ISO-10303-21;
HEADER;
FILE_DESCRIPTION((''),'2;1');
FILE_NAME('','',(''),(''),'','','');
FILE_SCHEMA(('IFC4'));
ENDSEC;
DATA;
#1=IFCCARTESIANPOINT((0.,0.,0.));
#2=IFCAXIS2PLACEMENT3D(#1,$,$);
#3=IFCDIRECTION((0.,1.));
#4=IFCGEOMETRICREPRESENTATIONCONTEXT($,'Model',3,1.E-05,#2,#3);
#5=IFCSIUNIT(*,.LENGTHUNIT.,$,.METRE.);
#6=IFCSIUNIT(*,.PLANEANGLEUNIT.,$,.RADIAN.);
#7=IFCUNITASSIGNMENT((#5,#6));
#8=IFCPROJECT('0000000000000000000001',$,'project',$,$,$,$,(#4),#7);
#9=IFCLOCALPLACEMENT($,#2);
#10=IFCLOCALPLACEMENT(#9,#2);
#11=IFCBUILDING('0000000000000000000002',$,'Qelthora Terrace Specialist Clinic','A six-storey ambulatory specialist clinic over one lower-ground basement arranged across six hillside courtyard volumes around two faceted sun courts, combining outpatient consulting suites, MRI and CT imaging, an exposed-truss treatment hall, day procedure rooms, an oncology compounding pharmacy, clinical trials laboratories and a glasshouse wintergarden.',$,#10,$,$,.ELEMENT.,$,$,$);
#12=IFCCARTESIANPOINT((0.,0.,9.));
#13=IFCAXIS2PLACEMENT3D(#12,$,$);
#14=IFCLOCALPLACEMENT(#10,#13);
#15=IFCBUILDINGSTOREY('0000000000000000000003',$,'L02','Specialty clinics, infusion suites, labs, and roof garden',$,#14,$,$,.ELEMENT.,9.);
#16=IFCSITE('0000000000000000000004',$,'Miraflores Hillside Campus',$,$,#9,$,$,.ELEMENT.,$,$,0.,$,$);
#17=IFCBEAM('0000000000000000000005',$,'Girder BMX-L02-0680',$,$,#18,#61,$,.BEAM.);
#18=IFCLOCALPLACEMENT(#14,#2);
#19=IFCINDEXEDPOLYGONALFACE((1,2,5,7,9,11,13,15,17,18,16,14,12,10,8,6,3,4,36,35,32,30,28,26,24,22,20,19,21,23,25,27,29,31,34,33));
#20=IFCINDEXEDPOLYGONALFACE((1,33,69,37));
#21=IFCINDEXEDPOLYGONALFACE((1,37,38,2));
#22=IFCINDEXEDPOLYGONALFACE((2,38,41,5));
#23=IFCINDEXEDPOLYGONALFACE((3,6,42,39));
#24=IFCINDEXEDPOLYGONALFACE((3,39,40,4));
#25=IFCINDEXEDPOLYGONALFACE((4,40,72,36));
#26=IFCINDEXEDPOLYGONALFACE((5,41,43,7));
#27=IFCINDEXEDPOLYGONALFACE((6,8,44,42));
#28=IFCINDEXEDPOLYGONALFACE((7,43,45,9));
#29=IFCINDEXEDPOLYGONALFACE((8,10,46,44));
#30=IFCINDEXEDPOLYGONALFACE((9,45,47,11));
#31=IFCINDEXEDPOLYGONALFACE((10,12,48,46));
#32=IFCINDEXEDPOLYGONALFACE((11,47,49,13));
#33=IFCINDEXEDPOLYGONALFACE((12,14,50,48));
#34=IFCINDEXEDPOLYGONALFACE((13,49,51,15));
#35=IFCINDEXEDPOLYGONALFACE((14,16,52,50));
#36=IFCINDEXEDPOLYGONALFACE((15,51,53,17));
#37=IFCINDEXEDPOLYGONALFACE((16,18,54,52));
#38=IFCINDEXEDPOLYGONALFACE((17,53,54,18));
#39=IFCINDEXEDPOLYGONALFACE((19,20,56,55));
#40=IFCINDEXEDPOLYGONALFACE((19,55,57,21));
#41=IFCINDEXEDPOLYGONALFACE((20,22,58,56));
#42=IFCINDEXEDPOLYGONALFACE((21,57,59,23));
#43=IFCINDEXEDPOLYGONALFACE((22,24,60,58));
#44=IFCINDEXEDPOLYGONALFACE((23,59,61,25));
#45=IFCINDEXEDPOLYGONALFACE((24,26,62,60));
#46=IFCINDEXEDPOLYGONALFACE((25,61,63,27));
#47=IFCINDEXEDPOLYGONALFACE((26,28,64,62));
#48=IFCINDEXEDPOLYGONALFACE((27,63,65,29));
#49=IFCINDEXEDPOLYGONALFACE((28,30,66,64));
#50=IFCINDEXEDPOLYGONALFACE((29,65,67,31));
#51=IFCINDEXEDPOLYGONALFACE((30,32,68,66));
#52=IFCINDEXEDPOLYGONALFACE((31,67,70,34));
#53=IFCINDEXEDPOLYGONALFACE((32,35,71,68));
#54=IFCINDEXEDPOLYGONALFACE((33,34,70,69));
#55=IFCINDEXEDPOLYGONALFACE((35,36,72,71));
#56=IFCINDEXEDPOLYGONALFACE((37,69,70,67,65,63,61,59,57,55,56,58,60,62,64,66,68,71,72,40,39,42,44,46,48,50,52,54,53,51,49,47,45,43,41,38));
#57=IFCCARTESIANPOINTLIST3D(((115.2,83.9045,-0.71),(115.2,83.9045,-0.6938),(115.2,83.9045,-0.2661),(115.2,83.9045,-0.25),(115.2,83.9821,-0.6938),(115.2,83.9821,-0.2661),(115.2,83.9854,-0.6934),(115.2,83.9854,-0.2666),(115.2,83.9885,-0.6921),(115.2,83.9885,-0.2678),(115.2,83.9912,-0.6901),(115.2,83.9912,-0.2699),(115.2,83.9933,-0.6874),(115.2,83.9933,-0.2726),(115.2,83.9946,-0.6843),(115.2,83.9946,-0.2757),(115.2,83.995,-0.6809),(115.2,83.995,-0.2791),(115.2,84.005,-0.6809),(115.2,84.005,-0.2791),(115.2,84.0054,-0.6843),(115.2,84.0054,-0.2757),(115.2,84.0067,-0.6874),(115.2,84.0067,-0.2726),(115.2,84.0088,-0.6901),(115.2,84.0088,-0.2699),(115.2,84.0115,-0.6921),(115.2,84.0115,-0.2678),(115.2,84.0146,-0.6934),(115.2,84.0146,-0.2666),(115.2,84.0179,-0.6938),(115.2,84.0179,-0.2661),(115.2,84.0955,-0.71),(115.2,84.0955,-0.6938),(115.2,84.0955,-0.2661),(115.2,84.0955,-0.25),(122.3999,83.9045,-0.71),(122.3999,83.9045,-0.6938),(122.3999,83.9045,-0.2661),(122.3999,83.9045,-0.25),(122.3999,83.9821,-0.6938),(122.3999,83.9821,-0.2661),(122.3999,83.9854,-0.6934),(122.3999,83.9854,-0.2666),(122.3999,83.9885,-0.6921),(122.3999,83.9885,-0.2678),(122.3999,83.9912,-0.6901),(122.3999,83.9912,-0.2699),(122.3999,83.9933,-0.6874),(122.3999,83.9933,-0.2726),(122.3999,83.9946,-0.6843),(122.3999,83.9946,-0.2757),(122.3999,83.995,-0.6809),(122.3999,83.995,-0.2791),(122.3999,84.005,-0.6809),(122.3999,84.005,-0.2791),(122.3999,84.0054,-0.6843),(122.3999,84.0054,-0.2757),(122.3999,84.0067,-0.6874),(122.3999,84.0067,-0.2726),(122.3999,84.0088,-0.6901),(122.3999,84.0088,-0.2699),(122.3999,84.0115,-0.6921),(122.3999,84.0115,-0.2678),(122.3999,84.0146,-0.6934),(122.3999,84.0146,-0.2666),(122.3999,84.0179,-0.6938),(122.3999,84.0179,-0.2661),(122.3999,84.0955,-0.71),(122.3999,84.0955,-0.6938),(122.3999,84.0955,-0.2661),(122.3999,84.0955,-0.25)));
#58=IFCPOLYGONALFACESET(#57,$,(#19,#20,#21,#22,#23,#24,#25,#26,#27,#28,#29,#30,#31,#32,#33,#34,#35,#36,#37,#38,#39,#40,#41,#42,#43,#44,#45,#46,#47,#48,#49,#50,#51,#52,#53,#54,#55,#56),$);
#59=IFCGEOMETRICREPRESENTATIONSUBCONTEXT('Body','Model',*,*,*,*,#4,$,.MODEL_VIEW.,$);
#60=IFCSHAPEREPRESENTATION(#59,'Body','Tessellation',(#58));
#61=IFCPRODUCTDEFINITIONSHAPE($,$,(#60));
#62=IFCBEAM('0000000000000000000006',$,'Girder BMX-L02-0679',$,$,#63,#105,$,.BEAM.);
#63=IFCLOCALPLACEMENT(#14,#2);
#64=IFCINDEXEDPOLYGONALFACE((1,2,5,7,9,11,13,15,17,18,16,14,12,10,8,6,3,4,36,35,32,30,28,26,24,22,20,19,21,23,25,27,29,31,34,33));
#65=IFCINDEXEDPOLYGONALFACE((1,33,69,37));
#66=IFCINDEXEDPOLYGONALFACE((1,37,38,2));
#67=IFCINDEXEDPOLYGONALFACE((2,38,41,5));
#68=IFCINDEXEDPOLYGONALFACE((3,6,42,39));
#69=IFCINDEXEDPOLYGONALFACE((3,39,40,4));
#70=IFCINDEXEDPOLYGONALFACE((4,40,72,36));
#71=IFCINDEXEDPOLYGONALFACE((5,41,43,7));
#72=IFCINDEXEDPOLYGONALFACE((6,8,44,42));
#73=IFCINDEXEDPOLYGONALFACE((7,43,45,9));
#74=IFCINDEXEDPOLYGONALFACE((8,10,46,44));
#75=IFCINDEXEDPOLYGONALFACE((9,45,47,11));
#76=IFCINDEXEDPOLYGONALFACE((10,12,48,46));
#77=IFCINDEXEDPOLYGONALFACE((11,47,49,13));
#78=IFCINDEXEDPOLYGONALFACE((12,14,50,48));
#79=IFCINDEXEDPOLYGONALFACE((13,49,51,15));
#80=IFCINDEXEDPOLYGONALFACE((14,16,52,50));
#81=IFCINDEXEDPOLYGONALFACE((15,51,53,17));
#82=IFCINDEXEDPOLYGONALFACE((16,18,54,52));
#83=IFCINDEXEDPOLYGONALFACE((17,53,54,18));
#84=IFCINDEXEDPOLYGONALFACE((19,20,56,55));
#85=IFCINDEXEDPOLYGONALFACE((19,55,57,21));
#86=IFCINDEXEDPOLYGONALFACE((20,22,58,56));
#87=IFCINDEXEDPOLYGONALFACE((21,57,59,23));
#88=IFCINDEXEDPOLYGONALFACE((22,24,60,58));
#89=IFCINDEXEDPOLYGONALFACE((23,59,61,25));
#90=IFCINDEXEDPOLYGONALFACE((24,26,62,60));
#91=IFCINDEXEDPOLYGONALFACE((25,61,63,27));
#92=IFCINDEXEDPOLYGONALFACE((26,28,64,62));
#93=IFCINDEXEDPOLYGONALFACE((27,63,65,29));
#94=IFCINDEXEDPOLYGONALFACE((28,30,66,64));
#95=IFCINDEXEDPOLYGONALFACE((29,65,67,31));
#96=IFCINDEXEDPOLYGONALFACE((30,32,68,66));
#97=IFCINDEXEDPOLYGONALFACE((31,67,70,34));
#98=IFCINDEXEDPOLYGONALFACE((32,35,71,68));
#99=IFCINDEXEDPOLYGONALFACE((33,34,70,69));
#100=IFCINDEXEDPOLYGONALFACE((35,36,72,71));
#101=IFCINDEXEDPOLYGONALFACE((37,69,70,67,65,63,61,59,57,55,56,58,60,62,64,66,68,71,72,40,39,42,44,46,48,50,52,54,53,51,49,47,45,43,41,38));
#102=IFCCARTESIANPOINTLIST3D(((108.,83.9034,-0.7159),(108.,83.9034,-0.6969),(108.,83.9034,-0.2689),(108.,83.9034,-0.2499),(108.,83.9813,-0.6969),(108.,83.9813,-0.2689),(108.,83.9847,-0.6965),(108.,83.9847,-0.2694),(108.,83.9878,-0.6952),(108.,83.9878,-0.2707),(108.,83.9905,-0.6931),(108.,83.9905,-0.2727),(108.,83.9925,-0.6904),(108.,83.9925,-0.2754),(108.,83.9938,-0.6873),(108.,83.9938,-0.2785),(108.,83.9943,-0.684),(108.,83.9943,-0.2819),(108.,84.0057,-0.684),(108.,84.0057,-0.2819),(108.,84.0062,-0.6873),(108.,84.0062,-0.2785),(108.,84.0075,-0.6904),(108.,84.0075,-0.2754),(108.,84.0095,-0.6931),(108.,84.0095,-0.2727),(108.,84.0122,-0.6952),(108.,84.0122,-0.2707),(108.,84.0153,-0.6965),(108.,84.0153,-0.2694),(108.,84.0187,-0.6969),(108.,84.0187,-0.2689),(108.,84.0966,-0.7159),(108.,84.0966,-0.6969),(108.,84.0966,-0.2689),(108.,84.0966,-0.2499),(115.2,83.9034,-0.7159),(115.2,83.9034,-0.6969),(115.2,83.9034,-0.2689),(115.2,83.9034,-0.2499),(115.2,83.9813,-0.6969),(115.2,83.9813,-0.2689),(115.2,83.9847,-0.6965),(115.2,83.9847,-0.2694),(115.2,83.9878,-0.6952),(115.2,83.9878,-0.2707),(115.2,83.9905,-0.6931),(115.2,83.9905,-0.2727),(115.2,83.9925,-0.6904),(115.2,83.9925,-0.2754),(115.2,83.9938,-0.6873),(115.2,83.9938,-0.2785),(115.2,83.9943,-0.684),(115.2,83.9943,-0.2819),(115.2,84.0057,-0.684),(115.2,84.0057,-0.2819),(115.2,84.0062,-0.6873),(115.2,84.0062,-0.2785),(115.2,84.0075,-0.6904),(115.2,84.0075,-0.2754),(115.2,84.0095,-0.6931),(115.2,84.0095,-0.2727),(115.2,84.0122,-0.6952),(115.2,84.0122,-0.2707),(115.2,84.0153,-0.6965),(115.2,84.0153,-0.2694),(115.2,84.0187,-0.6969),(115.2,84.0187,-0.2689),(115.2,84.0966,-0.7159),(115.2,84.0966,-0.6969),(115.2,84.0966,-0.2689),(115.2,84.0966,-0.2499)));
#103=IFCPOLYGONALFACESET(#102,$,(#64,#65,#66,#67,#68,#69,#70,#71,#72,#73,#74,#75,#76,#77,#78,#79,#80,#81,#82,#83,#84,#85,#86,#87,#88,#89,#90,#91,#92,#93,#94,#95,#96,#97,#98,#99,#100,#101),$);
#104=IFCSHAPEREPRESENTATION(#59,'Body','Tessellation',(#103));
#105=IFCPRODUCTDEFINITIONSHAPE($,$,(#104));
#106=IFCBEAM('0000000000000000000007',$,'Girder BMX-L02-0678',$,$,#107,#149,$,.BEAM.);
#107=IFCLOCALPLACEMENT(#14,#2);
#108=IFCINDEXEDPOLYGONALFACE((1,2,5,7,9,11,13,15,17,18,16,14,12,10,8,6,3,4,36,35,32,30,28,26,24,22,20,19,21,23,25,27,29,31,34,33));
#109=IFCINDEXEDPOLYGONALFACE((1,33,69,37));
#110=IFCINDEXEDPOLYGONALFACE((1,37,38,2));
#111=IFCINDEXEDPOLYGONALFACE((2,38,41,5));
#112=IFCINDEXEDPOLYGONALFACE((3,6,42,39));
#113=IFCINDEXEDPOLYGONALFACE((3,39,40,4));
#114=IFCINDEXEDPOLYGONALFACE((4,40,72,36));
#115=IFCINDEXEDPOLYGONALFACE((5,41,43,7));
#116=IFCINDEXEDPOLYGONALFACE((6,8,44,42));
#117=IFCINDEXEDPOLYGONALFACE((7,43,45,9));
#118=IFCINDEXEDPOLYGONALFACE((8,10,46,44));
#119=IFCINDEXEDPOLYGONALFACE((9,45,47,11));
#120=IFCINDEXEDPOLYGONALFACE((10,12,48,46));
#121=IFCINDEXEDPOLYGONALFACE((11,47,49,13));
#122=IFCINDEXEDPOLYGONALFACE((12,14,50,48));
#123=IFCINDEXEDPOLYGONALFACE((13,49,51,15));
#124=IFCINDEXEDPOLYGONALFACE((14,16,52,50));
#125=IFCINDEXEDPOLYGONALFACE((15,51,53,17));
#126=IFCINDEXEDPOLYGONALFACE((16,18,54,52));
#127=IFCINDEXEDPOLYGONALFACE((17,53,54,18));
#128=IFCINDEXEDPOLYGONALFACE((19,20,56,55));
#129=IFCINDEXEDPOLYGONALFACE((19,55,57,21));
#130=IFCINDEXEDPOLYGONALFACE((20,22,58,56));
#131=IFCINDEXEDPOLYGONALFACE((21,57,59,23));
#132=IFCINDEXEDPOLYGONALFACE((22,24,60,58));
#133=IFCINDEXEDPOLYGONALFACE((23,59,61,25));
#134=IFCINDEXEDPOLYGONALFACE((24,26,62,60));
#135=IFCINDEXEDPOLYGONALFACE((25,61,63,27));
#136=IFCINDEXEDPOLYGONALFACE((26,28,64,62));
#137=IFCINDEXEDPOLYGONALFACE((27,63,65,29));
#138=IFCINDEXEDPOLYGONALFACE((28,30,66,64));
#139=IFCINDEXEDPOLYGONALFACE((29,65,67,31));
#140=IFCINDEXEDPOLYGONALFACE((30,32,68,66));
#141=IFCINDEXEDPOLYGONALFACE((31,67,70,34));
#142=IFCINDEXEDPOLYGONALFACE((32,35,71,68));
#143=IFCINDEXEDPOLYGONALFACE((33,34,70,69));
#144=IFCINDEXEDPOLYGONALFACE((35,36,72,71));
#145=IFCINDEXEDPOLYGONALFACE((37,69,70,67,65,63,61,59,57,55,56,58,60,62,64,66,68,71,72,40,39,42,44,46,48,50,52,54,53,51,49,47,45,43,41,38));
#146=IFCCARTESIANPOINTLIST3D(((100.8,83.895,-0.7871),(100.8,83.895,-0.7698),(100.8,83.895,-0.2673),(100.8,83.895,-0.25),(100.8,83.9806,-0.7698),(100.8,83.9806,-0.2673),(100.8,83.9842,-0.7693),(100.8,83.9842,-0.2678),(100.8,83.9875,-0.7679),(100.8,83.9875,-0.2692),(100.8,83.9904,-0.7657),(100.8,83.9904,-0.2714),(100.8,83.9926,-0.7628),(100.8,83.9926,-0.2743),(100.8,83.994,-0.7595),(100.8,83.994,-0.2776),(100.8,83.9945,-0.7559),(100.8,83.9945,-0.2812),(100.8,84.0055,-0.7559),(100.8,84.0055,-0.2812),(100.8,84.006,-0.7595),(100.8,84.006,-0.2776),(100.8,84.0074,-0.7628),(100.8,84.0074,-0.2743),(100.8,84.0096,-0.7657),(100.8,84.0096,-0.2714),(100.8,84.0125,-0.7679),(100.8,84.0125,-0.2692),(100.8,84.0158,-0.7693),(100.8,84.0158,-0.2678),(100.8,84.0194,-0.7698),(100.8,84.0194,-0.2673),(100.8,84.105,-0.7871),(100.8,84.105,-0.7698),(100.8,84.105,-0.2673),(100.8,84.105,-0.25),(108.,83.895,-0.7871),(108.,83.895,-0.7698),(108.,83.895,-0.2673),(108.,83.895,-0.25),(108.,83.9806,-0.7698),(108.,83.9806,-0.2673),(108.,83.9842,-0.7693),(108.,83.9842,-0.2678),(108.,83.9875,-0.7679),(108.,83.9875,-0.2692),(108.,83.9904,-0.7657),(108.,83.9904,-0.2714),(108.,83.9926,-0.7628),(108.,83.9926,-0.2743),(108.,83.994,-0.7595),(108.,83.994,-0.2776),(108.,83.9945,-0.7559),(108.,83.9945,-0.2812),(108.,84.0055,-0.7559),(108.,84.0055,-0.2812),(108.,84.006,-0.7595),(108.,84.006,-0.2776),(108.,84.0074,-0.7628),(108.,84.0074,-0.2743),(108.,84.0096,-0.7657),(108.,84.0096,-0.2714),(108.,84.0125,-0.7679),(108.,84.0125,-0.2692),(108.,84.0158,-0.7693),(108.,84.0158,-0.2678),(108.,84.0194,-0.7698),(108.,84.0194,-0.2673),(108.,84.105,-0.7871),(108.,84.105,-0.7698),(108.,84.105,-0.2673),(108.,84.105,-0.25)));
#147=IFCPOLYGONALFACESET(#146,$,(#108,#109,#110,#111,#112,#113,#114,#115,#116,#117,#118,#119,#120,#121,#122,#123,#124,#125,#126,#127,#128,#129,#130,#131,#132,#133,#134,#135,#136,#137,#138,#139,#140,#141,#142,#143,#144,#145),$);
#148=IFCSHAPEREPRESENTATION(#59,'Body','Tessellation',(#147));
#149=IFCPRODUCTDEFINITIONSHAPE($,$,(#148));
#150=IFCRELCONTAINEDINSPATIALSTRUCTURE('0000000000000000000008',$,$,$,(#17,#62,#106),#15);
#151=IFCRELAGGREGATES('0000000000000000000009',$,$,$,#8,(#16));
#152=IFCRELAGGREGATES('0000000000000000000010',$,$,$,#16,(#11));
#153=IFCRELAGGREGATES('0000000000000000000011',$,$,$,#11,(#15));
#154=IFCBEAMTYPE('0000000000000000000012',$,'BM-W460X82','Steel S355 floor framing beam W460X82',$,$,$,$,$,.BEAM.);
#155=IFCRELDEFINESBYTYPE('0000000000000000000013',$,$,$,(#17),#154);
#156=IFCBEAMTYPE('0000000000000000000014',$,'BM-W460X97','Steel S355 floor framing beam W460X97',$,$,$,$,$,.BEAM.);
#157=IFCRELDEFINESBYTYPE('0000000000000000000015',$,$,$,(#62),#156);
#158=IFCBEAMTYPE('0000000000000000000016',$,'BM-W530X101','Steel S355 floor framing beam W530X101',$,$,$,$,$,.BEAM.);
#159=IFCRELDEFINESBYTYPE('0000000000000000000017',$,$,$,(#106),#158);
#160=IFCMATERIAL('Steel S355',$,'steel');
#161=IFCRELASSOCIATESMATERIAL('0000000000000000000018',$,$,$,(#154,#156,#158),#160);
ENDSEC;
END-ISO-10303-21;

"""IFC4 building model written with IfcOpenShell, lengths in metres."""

from ifc_helpers import new_model, si_unit, direction, frame, origin, origin_2d, place, context, subcontext, project, spatial, i_section, extrude, material, material_profile, profile_set, type_object, element, save


model = new_model("IFC4")

# Units and contexts
model_context = context("Model", 3, precision=1e-05, world=origin(), true_north=direction((0.0, 1.0)))
body_context = subcontext(model_context, "Body", "Model", "MODEL_VIEW")
ifc_project = project(units=[si_unit("LENGTHUNIT", "METRE"), si_unit("PLANEANGLEUNIT", "RADIAN")], contexts=[model_context])

# Site, building, storey
site_placement = place(None, origin())
site = spatial("IfcSite", under=ifc_project, at=site_placement, Name="Miraflores Hillside Campus", CompositionType="ELEMENT", RefElevation=0.0)
building_placement = place(site_placement, origin())
building = spatial("IfcBuilding", under=site, at=building_placement, Name="Qelthora Terrace Specialist Clinic", Description="A six-storey ambulatory specialist clinic over one lower-ground basement arranged across six hillside courtyard volumes around two faceted sun courts, combining outpatient consulting suites, MRI and CT imaging, an exposed-truss treatment hall, day procedure rooms, an oncology compounding pharmacy, clinical trials laboratories and a glasshouse wintergarden.", CompositionType="ELEMENT")
storey_placement = place(building_placement, frame((0.0, 0.0, 9.0)))
storey = spatial("IfcBuildingStorey", under=building, at=storey_placement, Name="L02", Description="Specialty clinics, infusion suites, labs, and roof garden", CompositionType="ELEMENT", Elevation=9.0)

# Shared definitions
ifc_material_1 = material(Name="Steel S355", Category="steel")

# Beams
ifc_material_profile_1 = material_profile(ifc_material_1, i_section(OverallWidth=0.1909, OverallDepth=0.46, WebThickness=0.01, FlangeThickness=0.0161, FilletRadius=0.0129, at=origin_2d()), Name="W460X82")
ifc_profile_set_1 = profile_set([ifc_material_profile_1], Name="Steel S355")
beam_type_1 = type_object("IfcBeamType", Name="BM-W460X82", Description="Steel S355 floor framing beam W460X82", PredefinedType="BEAM", material=ifc_profile_set_1)
beam_1_placement = place(storey_placement, frame((115.2, 84.0, -0.48), z_axis=(1.0, 0.0, 0.0), x_axis=(0.0, 1.0, 0.0)))
element("IfcBeam", 1, at=beam_1_placement, inside=storey, type_object=beam_type_1, Name="Girder BMX-L02-0680", PredefinedType="BEAM", context=body_context, shape_type="SweptSolid", body=[
    extrude(i_section(OverallWidth=0.1909, OverallDepth=0.46, WebThickness=0.01, FlangeThickness=0.0161, FilletRadius=0.0129, at=origin_2d()), origin(), (0.0, 0.0, 1.0), 7.2),
])
ifc_material_profile_2 = material_profile(ifc_material_1, i_section(OverallWidth=0.1931, OverallDepth=0.4661, WebThickness=0.0115, FlangeThickness=0.019, FilletRadius=0.0129, at=origin_2d()), Name="W460X97")
ifc_profile_set_2 = profile_set([ifc_material_profile_2], Name="Steel S355")
beam_type_2 = type_object("IfcBeamType", Name="BM-W460X97", Description="Steel S355 floor framing beam W460X97", PredefinedType="BEAM", material=ifc_profile_set_2)
beam_2_placement = place(storey_placement, frame((108.0, 84.0, -0.4829), z_axis=(1.0, 0.0, 0.0), x_axis=(0.0, 1.0, 0.0)))
element("IfcBeam", 2, at=beam_2_placement, inside=storey, type_object=beam_type_2, Name="Girder BMX-L02-0679", PredefinedType="BEAM", context=body_context, shape_type="SweptSolid", body=[
    extrude(i_section(OverallWidth=0.1931, OverallDepth=0.4661, WebThickness=0.0115, FlangeThickness=0.019, FilletRadius=0.0129, at=origin_2d()), origin(), (0.0, 0.0, 1.0), 7.2),
])
ifc_material_profile_3 = material_profile(ifc_material_1, i_section(OverallWidth=0.21, OverallDepth=0.5371, WebThickness=0.011, FlangeThickness=0.0173, FilletRadius=0.0139, at=origin_2d()), Name="W530X101")
ifc_profile_set_3 = profile_set([ifc_material_profile_3], Name="Steel S355")
beam_type_3 = type_object("IfcBeamType", Name="BM-W530X101", Description="Steel S355 floor framing beam W530X101", PredefinedType="BEAM", material=ifc_profile_set_3)
beam_3_placement = place(storey_placement, frame((100.8, 84.0, -0.5186), z_axis=(1.0, 0.0, 0.0), x_axis=(0.0, 1.0, 0.0)))
element("IfcBeam", 3, at=beam_3_placement, inside=storey, type_object=beam_type_3, Name="Girder BMX-L02-0678", PredefinedType="BEAM", context=body_context, shape_type="SweptSolid", body=[
    extrude(i_section(OverallWidth=0.21, OverallDepth=0.5371, WebThickness=0.011, FlangeThickness=0.0173, FilletRadius=0.0139, at=origin_2d()), origin(), (0.0, 0.0, 1.0), 7.2),
])

save(model, "model.ifc")
